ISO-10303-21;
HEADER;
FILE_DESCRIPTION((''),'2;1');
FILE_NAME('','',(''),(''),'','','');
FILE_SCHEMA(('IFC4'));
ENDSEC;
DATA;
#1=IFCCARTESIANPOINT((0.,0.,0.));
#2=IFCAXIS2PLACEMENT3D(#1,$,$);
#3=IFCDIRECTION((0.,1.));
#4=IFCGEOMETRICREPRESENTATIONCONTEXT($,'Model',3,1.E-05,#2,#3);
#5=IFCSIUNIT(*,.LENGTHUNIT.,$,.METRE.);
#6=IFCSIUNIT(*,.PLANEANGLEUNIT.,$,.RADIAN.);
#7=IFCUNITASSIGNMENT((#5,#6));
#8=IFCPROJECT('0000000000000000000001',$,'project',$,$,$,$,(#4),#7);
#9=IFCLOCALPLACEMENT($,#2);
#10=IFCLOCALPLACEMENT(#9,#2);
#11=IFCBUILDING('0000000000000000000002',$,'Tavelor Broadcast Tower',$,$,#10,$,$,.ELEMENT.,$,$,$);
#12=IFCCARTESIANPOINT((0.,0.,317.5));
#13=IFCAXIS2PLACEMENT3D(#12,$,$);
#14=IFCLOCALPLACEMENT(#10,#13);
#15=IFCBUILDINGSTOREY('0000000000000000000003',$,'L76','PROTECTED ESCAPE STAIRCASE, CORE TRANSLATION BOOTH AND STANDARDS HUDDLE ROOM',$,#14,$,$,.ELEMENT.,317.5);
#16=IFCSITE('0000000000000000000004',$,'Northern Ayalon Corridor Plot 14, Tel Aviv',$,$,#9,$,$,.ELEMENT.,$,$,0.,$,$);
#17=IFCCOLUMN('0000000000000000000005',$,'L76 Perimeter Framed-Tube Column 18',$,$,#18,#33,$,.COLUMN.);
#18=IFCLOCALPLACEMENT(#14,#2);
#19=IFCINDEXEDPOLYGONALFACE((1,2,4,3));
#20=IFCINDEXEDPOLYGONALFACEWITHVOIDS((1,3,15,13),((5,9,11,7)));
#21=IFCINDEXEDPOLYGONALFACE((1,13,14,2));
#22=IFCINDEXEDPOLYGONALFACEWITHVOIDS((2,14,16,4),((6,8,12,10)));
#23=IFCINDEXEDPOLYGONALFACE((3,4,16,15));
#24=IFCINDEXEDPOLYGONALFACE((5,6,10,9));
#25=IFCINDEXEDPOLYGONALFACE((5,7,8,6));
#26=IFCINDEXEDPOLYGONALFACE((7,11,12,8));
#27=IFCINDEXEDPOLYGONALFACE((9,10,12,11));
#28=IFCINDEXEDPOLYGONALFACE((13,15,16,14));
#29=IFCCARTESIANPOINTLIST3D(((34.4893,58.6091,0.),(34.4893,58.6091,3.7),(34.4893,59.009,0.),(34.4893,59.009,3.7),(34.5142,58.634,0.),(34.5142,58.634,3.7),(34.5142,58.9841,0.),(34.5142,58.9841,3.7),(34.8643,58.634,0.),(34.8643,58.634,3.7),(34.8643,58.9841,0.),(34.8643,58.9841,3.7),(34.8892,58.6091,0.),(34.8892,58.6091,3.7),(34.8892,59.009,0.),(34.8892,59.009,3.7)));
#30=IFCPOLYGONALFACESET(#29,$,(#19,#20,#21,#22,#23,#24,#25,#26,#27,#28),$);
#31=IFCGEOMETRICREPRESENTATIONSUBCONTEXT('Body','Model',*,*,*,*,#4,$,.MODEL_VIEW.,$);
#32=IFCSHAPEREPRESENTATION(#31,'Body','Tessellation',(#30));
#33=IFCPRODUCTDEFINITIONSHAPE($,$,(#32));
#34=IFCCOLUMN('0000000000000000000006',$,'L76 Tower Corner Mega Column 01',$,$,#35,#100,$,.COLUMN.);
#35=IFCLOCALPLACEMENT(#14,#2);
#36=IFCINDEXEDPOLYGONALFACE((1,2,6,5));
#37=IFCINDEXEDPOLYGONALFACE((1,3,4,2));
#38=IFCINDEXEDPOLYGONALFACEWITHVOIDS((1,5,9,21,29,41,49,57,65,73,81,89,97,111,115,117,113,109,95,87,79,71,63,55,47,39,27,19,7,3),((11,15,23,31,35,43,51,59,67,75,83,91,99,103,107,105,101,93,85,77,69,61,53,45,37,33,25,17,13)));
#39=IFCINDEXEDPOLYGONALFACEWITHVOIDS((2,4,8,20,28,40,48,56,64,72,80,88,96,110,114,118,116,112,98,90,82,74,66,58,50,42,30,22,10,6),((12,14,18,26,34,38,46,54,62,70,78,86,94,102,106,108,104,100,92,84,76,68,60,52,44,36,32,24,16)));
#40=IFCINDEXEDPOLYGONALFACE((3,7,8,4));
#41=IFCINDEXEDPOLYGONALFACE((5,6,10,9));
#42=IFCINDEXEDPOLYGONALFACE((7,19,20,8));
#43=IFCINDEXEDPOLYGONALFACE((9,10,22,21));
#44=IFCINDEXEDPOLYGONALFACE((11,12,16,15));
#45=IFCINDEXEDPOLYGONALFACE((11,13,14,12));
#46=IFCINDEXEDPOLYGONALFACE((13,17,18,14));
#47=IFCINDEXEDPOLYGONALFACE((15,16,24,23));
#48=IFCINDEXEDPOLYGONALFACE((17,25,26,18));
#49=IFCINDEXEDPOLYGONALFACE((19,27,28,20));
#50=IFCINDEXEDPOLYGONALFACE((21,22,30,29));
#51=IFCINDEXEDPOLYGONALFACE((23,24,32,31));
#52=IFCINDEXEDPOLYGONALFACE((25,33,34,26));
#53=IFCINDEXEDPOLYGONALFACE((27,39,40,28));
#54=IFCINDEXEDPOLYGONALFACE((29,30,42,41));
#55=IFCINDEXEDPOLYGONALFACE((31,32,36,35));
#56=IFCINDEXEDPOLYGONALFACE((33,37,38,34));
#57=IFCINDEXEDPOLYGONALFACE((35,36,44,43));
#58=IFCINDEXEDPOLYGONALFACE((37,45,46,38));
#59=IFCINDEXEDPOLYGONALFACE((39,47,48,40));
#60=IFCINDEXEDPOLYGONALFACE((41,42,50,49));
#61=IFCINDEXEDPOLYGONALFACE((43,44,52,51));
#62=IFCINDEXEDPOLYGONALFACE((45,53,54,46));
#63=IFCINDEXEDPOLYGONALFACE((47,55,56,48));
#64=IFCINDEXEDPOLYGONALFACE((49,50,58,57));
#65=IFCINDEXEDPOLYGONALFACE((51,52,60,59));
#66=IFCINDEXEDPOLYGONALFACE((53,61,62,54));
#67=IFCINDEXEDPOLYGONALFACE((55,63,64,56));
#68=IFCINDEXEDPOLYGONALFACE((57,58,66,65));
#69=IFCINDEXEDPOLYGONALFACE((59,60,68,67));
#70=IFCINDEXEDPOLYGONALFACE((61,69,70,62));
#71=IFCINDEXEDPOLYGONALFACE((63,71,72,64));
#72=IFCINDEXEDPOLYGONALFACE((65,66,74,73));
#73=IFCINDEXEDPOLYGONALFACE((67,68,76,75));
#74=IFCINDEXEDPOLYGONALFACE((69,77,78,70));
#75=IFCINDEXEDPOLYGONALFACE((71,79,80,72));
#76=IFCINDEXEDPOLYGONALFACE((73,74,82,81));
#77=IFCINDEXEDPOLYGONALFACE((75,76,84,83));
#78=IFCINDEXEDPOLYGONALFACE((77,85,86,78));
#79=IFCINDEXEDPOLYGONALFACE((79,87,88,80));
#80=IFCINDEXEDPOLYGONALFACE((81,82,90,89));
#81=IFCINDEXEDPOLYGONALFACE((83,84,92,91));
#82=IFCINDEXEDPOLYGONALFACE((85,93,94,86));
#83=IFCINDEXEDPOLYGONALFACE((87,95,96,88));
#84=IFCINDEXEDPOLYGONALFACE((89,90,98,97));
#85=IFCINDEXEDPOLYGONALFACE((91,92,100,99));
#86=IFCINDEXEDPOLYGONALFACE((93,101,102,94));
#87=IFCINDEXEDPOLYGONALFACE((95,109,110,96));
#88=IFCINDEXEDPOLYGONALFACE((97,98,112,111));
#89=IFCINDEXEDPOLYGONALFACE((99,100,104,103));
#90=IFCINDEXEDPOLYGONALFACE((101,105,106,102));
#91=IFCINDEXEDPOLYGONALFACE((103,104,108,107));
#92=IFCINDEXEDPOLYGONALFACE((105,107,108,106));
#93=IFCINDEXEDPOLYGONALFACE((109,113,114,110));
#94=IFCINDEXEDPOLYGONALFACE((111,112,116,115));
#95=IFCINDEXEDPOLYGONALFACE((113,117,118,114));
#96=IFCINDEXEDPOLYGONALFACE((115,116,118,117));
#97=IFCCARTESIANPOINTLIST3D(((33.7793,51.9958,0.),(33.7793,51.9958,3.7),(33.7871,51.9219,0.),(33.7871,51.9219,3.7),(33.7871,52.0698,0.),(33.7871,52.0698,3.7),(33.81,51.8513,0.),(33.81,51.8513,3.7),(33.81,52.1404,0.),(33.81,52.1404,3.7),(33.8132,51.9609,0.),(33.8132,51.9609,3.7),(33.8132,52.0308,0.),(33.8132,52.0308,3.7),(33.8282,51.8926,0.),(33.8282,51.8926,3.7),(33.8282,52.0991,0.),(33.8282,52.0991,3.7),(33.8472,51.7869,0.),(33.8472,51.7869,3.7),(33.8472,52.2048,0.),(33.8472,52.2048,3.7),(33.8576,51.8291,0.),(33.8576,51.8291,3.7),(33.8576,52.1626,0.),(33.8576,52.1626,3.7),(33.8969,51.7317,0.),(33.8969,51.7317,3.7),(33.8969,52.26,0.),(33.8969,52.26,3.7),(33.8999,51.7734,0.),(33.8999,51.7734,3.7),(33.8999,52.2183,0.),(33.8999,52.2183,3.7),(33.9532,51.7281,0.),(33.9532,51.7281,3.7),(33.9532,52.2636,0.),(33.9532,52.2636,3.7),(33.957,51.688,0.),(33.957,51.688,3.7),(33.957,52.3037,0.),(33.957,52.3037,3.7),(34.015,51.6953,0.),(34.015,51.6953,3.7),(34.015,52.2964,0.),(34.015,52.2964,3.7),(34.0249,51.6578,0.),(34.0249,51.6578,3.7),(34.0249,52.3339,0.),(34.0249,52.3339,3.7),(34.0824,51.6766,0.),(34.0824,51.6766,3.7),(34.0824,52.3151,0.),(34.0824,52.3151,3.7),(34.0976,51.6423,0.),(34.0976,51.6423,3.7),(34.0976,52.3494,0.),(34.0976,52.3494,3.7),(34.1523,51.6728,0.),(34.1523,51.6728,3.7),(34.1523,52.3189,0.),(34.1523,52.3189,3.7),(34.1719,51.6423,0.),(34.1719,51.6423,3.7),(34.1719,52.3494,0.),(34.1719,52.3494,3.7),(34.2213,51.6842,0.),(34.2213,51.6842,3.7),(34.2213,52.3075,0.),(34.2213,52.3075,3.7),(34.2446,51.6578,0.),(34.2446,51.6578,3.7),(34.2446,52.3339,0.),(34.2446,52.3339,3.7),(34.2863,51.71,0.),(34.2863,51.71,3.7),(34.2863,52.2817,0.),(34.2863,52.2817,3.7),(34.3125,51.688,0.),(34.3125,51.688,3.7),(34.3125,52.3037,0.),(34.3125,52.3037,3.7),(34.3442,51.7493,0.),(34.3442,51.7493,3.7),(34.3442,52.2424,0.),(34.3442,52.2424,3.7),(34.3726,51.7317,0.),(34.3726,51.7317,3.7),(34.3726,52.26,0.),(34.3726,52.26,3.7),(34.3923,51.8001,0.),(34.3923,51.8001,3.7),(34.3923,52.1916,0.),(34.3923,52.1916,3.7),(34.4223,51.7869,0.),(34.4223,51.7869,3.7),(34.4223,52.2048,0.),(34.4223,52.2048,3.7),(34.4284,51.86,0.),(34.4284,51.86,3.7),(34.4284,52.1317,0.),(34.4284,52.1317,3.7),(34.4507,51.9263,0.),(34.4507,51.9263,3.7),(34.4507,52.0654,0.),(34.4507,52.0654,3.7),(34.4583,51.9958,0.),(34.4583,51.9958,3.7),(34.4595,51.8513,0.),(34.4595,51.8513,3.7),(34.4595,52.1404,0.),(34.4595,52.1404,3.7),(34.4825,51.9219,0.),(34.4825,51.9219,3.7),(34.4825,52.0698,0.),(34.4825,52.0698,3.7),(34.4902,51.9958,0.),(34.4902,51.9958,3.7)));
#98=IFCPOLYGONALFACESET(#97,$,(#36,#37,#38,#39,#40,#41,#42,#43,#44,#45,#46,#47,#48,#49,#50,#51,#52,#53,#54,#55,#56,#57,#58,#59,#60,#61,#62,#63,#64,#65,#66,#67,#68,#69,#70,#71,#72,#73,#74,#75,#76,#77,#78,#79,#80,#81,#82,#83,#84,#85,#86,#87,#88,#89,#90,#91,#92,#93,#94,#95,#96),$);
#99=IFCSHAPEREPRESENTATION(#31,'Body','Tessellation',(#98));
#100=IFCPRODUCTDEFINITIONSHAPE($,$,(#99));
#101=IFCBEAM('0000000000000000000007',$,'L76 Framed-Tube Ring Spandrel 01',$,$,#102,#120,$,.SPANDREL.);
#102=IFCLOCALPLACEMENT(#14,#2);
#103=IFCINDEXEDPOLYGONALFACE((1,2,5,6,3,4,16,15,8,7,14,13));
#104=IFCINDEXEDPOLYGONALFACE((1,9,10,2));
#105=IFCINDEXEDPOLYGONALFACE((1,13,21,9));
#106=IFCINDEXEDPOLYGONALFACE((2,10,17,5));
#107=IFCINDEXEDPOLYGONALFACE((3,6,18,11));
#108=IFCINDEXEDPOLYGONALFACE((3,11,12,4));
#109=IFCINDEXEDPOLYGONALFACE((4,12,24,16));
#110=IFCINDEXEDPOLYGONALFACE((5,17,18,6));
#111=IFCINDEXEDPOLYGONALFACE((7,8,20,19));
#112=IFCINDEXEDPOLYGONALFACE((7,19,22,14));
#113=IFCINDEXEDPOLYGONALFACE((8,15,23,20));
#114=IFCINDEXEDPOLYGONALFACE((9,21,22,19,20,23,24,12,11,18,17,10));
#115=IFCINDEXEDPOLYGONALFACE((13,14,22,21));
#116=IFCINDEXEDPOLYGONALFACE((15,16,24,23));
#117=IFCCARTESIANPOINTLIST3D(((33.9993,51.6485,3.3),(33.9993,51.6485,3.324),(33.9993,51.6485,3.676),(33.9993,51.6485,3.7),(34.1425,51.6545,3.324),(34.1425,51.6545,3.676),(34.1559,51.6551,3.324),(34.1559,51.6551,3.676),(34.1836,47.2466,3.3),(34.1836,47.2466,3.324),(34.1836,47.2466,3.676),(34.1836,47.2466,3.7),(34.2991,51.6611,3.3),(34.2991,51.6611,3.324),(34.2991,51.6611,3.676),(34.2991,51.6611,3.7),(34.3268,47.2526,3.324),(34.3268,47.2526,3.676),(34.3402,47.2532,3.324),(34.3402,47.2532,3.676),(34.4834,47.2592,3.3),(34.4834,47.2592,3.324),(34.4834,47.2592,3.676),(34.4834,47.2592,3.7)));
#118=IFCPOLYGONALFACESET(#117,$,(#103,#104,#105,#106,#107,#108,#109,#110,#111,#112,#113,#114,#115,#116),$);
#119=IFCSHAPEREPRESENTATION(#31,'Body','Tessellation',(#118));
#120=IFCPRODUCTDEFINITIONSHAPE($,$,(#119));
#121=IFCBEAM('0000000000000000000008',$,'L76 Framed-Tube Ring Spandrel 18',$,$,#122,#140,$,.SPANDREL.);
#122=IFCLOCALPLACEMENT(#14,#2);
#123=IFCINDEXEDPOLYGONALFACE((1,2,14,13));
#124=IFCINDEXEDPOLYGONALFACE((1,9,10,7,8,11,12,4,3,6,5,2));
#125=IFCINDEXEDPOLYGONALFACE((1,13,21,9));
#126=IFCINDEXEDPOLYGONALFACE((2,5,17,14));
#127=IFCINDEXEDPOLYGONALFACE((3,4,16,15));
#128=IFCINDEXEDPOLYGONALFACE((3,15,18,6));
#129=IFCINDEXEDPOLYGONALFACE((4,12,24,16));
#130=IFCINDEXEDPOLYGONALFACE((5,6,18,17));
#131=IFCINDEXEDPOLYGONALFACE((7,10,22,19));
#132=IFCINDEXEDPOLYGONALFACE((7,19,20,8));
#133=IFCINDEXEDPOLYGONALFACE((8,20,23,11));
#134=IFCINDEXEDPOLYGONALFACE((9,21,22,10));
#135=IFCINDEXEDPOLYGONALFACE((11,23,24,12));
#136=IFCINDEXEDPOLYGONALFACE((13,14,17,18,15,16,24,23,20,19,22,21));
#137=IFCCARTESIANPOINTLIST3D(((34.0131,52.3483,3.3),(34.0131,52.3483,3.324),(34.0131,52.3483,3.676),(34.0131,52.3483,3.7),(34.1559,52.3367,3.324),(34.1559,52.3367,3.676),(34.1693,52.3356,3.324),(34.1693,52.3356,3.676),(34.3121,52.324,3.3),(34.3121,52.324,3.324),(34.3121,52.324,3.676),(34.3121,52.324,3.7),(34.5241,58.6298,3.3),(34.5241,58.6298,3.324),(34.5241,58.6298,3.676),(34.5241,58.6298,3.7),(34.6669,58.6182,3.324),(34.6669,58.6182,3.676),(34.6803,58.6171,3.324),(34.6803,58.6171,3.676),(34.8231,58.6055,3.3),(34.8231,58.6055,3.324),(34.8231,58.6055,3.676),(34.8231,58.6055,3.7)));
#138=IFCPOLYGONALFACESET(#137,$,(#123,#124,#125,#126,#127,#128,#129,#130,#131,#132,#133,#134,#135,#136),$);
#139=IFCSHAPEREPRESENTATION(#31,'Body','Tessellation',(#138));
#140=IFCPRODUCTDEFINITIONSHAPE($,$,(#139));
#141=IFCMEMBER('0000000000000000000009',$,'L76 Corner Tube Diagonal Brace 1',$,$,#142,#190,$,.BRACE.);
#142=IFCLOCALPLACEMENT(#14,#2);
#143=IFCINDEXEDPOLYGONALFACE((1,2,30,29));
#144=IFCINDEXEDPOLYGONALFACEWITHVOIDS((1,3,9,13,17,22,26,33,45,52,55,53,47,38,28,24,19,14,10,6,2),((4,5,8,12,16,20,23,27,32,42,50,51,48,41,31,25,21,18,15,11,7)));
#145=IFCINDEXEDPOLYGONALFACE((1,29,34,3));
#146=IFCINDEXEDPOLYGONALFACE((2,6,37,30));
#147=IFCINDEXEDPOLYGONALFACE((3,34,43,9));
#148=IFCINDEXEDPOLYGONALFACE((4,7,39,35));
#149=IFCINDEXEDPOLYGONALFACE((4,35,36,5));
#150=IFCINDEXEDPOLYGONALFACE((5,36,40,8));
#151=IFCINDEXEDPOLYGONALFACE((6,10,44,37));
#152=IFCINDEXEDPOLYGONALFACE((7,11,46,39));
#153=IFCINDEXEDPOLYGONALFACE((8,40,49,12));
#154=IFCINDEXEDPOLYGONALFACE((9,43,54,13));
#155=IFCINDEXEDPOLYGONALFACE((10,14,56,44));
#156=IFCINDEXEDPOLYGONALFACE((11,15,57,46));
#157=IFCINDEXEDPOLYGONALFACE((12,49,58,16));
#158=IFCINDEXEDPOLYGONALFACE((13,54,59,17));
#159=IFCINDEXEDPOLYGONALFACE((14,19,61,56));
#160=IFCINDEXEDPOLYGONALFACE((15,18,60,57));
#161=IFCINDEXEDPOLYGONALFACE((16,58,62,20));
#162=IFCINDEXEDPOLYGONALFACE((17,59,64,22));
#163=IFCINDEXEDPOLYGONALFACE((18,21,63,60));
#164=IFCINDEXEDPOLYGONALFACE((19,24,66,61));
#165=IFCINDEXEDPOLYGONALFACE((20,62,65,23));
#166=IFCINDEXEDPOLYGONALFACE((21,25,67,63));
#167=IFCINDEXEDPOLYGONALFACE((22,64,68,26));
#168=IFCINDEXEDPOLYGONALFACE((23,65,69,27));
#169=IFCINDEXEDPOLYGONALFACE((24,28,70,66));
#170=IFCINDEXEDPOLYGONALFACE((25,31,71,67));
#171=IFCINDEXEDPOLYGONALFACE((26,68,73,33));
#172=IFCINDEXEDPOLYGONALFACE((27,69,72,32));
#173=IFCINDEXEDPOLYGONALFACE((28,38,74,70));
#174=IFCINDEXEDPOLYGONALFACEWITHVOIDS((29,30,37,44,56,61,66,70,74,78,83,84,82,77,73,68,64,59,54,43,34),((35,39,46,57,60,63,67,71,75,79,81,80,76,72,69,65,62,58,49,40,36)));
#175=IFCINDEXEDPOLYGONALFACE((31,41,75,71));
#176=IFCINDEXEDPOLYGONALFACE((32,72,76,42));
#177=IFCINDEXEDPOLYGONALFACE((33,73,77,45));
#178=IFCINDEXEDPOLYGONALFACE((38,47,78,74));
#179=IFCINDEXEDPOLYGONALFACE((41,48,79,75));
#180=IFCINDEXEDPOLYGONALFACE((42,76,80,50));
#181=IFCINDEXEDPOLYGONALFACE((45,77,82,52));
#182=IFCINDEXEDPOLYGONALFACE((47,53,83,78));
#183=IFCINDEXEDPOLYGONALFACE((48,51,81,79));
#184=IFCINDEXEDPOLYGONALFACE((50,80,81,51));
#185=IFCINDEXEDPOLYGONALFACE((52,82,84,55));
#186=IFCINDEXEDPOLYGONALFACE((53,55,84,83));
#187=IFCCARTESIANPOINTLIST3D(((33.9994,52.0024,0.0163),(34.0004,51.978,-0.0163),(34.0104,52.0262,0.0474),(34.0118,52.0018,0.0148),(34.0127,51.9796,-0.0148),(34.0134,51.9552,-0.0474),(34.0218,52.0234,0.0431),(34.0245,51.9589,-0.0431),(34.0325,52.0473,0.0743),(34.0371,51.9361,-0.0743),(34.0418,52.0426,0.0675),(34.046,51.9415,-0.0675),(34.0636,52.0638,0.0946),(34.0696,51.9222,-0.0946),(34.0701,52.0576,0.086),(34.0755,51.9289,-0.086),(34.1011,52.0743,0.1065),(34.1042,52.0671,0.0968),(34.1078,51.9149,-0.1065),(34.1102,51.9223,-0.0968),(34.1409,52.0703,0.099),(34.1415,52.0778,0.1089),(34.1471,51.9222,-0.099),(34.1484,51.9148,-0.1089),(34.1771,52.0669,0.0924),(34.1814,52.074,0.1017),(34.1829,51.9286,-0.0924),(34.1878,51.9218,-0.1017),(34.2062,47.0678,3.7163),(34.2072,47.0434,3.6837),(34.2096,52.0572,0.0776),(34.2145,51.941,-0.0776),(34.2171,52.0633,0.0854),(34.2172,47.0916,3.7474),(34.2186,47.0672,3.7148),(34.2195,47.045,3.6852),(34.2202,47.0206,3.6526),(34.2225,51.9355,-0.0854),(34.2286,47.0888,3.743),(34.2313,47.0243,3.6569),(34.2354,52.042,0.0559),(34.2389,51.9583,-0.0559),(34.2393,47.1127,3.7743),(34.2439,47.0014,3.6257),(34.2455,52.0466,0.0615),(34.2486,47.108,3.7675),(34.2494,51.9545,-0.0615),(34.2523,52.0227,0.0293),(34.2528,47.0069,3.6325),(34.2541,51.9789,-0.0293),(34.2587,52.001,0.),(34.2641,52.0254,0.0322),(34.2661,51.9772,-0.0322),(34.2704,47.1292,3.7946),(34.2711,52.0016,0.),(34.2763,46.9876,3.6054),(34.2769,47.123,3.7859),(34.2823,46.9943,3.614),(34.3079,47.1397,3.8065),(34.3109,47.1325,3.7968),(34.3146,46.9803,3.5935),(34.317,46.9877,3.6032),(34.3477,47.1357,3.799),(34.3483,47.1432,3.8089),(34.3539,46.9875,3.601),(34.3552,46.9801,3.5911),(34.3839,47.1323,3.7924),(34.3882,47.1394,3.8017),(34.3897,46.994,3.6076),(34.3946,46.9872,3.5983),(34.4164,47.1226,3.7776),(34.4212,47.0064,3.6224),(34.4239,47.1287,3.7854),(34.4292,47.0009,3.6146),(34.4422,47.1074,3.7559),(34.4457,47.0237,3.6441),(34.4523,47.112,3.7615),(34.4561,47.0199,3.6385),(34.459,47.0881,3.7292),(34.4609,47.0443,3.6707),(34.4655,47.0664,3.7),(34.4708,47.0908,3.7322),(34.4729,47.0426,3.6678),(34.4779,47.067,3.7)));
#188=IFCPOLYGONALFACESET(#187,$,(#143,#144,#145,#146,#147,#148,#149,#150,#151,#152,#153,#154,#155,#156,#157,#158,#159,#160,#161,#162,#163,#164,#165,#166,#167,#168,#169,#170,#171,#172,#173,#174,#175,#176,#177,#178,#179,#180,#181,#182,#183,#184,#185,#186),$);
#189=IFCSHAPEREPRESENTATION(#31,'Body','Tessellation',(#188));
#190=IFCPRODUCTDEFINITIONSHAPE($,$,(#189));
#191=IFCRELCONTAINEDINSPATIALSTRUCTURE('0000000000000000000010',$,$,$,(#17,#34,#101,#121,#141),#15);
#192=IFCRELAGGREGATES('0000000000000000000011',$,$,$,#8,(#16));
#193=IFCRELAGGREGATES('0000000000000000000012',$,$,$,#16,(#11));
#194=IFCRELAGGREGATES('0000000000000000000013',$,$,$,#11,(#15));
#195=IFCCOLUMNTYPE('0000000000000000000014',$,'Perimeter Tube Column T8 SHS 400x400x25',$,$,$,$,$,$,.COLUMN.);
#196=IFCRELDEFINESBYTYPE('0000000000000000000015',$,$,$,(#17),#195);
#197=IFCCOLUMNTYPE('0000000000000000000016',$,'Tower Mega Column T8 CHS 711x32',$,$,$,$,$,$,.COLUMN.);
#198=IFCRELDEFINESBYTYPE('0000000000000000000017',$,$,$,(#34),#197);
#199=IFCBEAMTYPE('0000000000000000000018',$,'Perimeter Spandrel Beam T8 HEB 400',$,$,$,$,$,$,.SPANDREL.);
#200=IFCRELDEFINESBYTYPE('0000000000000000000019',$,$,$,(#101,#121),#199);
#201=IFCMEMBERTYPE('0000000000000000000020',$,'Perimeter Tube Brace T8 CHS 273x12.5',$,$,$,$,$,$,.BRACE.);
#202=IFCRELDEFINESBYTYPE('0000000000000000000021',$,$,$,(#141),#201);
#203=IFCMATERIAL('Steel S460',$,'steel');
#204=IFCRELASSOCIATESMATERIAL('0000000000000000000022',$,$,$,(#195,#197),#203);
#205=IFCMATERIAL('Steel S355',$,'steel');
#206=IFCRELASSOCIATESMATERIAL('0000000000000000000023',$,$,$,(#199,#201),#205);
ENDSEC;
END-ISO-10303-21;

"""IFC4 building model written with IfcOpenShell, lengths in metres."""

from ifc_helpers import new_model, si_unit, direction, frame, origin, origin_2d, place, context, subcontext, project, spatial, hollow_rectangle, hollow_circle, i_section, extrude, material, material_profile, profile_set, type_object, element, save


model = new_model("IFC4")

# Units and contexts
model_context = context("Model", 3, precision=1e-05, world=origin(), true_north=direction((0.0, 1.0)))
body_context = subcontext(model_context, "Body", "Model", "MODEL_VIEW")
ifc_project = project(units=[si_unit("LENGTHUNIT", "METRE"), si_unit("PLANEANGLEUNIT", "RADIAN")], contexts=[model_context])

# Site, building, storey
site_placement = place(None, origin())
site = spatial("IfcSite", under=ifc_project, at=site_placement, Name="Northern Ayalon Corridor Plot 14, Tel Aviv", CompositionType="ELEMENT", RefElevation=0.0)
building_placement = place(site_placement, origin())
building = spatial("IfcBuilding", under=site, at=building_placement, Name="Tavelor Broadcast Tower", CompositionType="ELEMENT")
storey_placement = place(building_placement, frame((0.0, 0.0, 317.5)))
storey = spatial("IfcBuildingStorey", under=building, at=storey_placement, Name="L76", Description="PROTECTED ESCAPE STAIRCASE, CORE TRANSLATION BOOTH AND STANDARDS HUDDLE ROOM", CompositionType="ELEMENT", Elevation=317.5)

# Columns
ifc_material_1 = material(Name="Steel S460", Category="steel")
ifc_material_profile_1 = material_profile(ifc_material_1, hollow_rectangle(XDim=0.3999, YDim=0.3999, WallThickness=0.0249, at=origin_2d()), Name="SHS 400x400x25")
ifc_profile_set_1 = profile_set([ifc_material_profile_1], Name="Steel S460")
column_type_1 = type_object("IfcColumnType", Name="Perimeter Tube Column T8 SHS 400x400x25", PredefinedType="COLUMN", material=ifc_profile_set_1)
column_1_placement = place(storey_placement, frame((34.6892, 58.8091, 0.0), z_axis=(0.0, 0.0, 1.0), x_axis=(1.0, 0.0, 0.0)))
element("IfcColumn", 1, at=column_1_placement, inside=storey, type_object=column_type_1, Name="L76 Perimeter Framed-Tube Column 18", PredefinedType="COLUMN", context=body_context, shape_type="SweptSolid", body=[
    extrude(hollow_rectangle(XDim=0.3999, YDim=0.3999, WallThickness=0.0249, at=origin_2d()), origin(), (0.0, 0.0, 1.0), 3.7),
])
ifc_material_profile_2 = material_profile(ifc_material_1, hollow_circle(Radius=0.3555, WallThickness=0.032, at=origin_2d()), Name="CHS 711x32")
ifc_profile_set_2 = profile_set([ifc_material_profile_2], Name="Steel S460")
column_type_2 = type_object("IfcColumnType", Name="Tower Mega Column T8 CHS 711x32", PredefinedType="COLUMN", material=ifc_profile_set_2)
column_2_placement = place(storey_placement, frame((34.1348, 51.9958, 0.0), z_axis=(0.0, 0.0, 1.0), x_axis=(1.0, 0.0, 0.0)))
element("IfcColumn", 2, at=column_2_placement, inside=storey, type_object=column_type_2, Name="L76 Tower Corner Mega Column 01", PredefinedType="COLUMN", context=body_context, shape_type="SweptSolid", body=[
    extrude(hollow_circle(Radius=0.3555, WallThickness=0.032, at=origin_2d()), origin(), (0.0, 0.0, 1.0), 3.7),
])

# Beams
ifc_material_2 = material(Name="Steel S355", Category="steel")
ifc_material_profile_3 = material_profile(ifc_material_2, i_section(OverallWidth=0.3, OverallDepth=0.3999, WebThickness=0.0134, FlangeThickness=0.0239, at=origin_2d()), Name="HEB 400")
ifc_profile_set_3 = profile_set([ifc_material_profile_3], Name="Steel S355")
beam_type = type_object("IfcBeamType", Name="Perimeter Spandrel Beam T8 HEB 400", PredefinedType="SPANDREL", material=ifc_profile_set_3)
beam_1_placement = place(storey_placement, frame((34.1492, 51.6548, 3.5), z_axis=(0.041838, -0.999124, 0.0), x_axis=(0.999124, 0.041838, 0.0)))
element("IfcBeam", 3, at=beam_1_placement, inside=storey, type_object=beam_type, Name="L76 Framed-Tube Ring Spandrel 01", PredefinedType="SPANDREL", context=body_context, shape_type="SweptSolid", body=[
    extrude(i_section(OverallWidth=0.3, OverallDepth=0.3999, WebThickness=0.0134, FlangeThickness=0.0239, at=origin_2d()), origin(), (0.0, 0.0, 1.0), 4.4058),
])
beam_2_placement = place(storey_placement, frame((34.6736, 58.6177, 3.5), z_axis=(-0.08108, -0.996708, 0.0), x_axis=(0.996708, -0.08108, 0.0)))
element("IfcBeam", 4, at=beam_2_placement, inside=storey, type_object=beam_type, Name="L76 Framed-Tube Ring Spandrel 18", PredefinedType="SPANDREL", context=body_context, shape_type="SweptSolid", body=[
    extrude(i_section(OverallWidth=0.3, OverallDepth=0.3999, WebThickness=0.0134, FlangeThickness=0.0239, at=origin_2d()), origin(), (0.0, 0.0, 1.0), 6.3022),
])

# Member
ifc_material_profile_4 = material_profile(ifc_material_2, hollow_circle(Radius=0.1365, WallThickness=0.0125, at=origin_2d()), Name="CHS 273x12.5")
ifc_profile_set_4 = profile_set([ifc_material_profile_4], Name="Steel S355")
member_type_1 = type_object("IfcMemberType", Name="Perimeter Tube Brace T8 CHS 273x12.5", PredefinedType="BRACE", material=ifc_profile_set_4)
member_1_placement = place(storey_placement, frame((34.1348, 51.9958, 0.0), z_axis=(0.033509, -0.799627, 0.599562), x_axis=(0.999123, 0.041869, 0.0)))
element("IfcMember", 5, at=member_1_placement, inside=storey, type_object=member_type_1, Name="L76 Corner Tube Diagonal Brace 1", PredefinedType="BRACE", context=body_context, shape_type="SweptSolid", body=[
    extrude(hollow_circle(Radius=0.1365, WallThickness=0.0125, at=origin_2d()), origin(), (0.0, 0.0, 1.0), 6.1711),
])

save(model, "model.ifc")
